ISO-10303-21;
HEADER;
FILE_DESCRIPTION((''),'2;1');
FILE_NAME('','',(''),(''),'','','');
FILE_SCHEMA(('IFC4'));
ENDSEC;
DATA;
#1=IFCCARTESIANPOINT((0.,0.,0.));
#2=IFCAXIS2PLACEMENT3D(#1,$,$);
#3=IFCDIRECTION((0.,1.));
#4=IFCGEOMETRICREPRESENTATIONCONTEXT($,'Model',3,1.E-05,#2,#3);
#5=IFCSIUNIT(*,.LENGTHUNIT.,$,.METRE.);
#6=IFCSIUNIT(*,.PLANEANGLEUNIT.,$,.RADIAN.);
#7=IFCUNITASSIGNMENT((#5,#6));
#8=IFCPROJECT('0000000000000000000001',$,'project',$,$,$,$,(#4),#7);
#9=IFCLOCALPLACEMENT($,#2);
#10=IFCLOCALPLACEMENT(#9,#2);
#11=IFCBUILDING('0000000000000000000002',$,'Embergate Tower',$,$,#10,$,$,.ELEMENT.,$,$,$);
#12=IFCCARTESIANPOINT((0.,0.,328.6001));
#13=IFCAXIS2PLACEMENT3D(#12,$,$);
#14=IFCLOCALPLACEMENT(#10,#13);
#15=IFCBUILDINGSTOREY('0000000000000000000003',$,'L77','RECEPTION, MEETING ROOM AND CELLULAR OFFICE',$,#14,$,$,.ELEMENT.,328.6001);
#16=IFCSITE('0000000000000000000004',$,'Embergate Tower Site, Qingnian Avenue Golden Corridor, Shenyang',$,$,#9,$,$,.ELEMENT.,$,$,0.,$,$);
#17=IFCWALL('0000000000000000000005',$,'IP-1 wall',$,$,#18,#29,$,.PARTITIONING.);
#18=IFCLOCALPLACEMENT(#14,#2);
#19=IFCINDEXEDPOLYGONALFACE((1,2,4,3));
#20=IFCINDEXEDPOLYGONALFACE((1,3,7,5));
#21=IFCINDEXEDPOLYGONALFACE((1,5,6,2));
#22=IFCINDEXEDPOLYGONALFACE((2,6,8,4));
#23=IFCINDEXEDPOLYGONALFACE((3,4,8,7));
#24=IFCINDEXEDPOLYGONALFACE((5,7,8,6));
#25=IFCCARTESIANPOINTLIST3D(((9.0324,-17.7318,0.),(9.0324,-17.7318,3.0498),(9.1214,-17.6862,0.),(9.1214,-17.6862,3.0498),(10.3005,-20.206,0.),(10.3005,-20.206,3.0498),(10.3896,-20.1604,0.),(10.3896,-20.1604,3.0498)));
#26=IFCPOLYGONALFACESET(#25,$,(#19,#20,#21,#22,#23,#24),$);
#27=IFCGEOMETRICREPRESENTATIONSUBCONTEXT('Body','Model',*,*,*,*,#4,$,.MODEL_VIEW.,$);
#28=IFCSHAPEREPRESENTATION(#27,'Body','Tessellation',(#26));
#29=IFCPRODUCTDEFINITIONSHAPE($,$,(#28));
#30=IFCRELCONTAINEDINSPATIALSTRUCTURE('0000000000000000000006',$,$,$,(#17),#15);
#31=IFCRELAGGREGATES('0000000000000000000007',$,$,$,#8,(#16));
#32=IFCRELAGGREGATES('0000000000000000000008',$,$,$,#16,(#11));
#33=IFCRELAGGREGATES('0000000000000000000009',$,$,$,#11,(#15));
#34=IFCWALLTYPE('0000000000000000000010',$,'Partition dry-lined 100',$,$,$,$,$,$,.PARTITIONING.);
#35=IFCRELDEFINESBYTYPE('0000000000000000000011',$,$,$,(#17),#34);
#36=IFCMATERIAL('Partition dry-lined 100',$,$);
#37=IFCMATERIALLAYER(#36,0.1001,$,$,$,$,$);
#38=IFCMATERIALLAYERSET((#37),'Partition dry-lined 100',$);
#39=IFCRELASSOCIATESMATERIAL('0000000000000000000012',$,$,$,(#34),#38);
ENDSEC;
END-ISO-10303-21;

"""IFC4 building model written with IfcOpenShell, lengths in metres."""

from ifc_helpers import new_model, si_unit, direction, frame, frame_2d, origin, place, context, subcontext, project, spatial, rectangle, extrude, source, transform, mapped, material, layer, layer_set, type_object, element, save


model = new_model("IFC4")

# Units and contexts
model_context = context("Model", 3, precision=1e-05, world=origin(), true_north=direction((0.0, 1.0)))
body_context = subcontext(model_context, "Body", "Model", "MODEL_VIEW")
ifc_project = project(units=[si_unit("LENGTHUNIT", "METRE"), si_unit("PLANEANGLEUNIT", "RADIAN")], contexts=[model_context])

# Site, building, storey
site_placement = place(None, origin())
site = spatial("IfcSite", under=ifc_project, at=site_placement, Name="Embergate Tower Site, Qingnian Avenue Golden Corridor, Shenyang", CompositionType="ELEMENT", RefElevation=0.0)
building_placement = place(site_placement, origin())
building = spatial("IfcBuilding", under=site, at=building_placement, Name="Embergate Tower", CompositionType="ELEMENT")
storey_placement = place(building_placement, frame((0.0, 0.0, 328.6001)))
storey = spatial("IfcBuildingStorey", under=building, at=storey_placement, Name="L77", Description="RECEPTION, MEETING ROOM AND CELLULAR OFFICE", CompositionType="ELEMENT", Elevation=328.6001)

# Wall
ifc_material_1 = material(Name="Partition dry-lined 100")
ifc_layer_1 = layer(ifc_material_1, 0.1001)
ifc_layer_set_1 = layer_set([ifc_layer_1], Name="Partition dry-lined 100")
wall_type_1 = type_object("IfcWallType", Name="Partition dry-lined 100", PredefinedType="PARTITIONING", material=ifc_layer_set_1)
shared_shape_1 = source(origin(), body_context, "Body", "SweptSolid", [
    extrude(rectangle(XDim=2.7803, YDim=0.1001, at=frame_2d((1.3901, 0.0))), origin(), (0.0, 0.0, 1.0), 3.0498),
])
wall_1_placement = place(storey_placement, frame((9.0769, -17.709, 0.0), z_axis=(0.0, 0.0, 1.0), x_axis=(0.456113, -0.889922, 0.0)))
element("IfcWall", 1, at=wall_1_placement, inside=storey, type_object=wall_type_1, Name="IP-1 wall", PredefinedType="PARTITIONING", context=body_context, shape_type="MappedRepresentation", body=[
    mapped(shared_shape_1, transform((0.0, 0.0, 0.0))),
])

save(model, "model.ifc")
